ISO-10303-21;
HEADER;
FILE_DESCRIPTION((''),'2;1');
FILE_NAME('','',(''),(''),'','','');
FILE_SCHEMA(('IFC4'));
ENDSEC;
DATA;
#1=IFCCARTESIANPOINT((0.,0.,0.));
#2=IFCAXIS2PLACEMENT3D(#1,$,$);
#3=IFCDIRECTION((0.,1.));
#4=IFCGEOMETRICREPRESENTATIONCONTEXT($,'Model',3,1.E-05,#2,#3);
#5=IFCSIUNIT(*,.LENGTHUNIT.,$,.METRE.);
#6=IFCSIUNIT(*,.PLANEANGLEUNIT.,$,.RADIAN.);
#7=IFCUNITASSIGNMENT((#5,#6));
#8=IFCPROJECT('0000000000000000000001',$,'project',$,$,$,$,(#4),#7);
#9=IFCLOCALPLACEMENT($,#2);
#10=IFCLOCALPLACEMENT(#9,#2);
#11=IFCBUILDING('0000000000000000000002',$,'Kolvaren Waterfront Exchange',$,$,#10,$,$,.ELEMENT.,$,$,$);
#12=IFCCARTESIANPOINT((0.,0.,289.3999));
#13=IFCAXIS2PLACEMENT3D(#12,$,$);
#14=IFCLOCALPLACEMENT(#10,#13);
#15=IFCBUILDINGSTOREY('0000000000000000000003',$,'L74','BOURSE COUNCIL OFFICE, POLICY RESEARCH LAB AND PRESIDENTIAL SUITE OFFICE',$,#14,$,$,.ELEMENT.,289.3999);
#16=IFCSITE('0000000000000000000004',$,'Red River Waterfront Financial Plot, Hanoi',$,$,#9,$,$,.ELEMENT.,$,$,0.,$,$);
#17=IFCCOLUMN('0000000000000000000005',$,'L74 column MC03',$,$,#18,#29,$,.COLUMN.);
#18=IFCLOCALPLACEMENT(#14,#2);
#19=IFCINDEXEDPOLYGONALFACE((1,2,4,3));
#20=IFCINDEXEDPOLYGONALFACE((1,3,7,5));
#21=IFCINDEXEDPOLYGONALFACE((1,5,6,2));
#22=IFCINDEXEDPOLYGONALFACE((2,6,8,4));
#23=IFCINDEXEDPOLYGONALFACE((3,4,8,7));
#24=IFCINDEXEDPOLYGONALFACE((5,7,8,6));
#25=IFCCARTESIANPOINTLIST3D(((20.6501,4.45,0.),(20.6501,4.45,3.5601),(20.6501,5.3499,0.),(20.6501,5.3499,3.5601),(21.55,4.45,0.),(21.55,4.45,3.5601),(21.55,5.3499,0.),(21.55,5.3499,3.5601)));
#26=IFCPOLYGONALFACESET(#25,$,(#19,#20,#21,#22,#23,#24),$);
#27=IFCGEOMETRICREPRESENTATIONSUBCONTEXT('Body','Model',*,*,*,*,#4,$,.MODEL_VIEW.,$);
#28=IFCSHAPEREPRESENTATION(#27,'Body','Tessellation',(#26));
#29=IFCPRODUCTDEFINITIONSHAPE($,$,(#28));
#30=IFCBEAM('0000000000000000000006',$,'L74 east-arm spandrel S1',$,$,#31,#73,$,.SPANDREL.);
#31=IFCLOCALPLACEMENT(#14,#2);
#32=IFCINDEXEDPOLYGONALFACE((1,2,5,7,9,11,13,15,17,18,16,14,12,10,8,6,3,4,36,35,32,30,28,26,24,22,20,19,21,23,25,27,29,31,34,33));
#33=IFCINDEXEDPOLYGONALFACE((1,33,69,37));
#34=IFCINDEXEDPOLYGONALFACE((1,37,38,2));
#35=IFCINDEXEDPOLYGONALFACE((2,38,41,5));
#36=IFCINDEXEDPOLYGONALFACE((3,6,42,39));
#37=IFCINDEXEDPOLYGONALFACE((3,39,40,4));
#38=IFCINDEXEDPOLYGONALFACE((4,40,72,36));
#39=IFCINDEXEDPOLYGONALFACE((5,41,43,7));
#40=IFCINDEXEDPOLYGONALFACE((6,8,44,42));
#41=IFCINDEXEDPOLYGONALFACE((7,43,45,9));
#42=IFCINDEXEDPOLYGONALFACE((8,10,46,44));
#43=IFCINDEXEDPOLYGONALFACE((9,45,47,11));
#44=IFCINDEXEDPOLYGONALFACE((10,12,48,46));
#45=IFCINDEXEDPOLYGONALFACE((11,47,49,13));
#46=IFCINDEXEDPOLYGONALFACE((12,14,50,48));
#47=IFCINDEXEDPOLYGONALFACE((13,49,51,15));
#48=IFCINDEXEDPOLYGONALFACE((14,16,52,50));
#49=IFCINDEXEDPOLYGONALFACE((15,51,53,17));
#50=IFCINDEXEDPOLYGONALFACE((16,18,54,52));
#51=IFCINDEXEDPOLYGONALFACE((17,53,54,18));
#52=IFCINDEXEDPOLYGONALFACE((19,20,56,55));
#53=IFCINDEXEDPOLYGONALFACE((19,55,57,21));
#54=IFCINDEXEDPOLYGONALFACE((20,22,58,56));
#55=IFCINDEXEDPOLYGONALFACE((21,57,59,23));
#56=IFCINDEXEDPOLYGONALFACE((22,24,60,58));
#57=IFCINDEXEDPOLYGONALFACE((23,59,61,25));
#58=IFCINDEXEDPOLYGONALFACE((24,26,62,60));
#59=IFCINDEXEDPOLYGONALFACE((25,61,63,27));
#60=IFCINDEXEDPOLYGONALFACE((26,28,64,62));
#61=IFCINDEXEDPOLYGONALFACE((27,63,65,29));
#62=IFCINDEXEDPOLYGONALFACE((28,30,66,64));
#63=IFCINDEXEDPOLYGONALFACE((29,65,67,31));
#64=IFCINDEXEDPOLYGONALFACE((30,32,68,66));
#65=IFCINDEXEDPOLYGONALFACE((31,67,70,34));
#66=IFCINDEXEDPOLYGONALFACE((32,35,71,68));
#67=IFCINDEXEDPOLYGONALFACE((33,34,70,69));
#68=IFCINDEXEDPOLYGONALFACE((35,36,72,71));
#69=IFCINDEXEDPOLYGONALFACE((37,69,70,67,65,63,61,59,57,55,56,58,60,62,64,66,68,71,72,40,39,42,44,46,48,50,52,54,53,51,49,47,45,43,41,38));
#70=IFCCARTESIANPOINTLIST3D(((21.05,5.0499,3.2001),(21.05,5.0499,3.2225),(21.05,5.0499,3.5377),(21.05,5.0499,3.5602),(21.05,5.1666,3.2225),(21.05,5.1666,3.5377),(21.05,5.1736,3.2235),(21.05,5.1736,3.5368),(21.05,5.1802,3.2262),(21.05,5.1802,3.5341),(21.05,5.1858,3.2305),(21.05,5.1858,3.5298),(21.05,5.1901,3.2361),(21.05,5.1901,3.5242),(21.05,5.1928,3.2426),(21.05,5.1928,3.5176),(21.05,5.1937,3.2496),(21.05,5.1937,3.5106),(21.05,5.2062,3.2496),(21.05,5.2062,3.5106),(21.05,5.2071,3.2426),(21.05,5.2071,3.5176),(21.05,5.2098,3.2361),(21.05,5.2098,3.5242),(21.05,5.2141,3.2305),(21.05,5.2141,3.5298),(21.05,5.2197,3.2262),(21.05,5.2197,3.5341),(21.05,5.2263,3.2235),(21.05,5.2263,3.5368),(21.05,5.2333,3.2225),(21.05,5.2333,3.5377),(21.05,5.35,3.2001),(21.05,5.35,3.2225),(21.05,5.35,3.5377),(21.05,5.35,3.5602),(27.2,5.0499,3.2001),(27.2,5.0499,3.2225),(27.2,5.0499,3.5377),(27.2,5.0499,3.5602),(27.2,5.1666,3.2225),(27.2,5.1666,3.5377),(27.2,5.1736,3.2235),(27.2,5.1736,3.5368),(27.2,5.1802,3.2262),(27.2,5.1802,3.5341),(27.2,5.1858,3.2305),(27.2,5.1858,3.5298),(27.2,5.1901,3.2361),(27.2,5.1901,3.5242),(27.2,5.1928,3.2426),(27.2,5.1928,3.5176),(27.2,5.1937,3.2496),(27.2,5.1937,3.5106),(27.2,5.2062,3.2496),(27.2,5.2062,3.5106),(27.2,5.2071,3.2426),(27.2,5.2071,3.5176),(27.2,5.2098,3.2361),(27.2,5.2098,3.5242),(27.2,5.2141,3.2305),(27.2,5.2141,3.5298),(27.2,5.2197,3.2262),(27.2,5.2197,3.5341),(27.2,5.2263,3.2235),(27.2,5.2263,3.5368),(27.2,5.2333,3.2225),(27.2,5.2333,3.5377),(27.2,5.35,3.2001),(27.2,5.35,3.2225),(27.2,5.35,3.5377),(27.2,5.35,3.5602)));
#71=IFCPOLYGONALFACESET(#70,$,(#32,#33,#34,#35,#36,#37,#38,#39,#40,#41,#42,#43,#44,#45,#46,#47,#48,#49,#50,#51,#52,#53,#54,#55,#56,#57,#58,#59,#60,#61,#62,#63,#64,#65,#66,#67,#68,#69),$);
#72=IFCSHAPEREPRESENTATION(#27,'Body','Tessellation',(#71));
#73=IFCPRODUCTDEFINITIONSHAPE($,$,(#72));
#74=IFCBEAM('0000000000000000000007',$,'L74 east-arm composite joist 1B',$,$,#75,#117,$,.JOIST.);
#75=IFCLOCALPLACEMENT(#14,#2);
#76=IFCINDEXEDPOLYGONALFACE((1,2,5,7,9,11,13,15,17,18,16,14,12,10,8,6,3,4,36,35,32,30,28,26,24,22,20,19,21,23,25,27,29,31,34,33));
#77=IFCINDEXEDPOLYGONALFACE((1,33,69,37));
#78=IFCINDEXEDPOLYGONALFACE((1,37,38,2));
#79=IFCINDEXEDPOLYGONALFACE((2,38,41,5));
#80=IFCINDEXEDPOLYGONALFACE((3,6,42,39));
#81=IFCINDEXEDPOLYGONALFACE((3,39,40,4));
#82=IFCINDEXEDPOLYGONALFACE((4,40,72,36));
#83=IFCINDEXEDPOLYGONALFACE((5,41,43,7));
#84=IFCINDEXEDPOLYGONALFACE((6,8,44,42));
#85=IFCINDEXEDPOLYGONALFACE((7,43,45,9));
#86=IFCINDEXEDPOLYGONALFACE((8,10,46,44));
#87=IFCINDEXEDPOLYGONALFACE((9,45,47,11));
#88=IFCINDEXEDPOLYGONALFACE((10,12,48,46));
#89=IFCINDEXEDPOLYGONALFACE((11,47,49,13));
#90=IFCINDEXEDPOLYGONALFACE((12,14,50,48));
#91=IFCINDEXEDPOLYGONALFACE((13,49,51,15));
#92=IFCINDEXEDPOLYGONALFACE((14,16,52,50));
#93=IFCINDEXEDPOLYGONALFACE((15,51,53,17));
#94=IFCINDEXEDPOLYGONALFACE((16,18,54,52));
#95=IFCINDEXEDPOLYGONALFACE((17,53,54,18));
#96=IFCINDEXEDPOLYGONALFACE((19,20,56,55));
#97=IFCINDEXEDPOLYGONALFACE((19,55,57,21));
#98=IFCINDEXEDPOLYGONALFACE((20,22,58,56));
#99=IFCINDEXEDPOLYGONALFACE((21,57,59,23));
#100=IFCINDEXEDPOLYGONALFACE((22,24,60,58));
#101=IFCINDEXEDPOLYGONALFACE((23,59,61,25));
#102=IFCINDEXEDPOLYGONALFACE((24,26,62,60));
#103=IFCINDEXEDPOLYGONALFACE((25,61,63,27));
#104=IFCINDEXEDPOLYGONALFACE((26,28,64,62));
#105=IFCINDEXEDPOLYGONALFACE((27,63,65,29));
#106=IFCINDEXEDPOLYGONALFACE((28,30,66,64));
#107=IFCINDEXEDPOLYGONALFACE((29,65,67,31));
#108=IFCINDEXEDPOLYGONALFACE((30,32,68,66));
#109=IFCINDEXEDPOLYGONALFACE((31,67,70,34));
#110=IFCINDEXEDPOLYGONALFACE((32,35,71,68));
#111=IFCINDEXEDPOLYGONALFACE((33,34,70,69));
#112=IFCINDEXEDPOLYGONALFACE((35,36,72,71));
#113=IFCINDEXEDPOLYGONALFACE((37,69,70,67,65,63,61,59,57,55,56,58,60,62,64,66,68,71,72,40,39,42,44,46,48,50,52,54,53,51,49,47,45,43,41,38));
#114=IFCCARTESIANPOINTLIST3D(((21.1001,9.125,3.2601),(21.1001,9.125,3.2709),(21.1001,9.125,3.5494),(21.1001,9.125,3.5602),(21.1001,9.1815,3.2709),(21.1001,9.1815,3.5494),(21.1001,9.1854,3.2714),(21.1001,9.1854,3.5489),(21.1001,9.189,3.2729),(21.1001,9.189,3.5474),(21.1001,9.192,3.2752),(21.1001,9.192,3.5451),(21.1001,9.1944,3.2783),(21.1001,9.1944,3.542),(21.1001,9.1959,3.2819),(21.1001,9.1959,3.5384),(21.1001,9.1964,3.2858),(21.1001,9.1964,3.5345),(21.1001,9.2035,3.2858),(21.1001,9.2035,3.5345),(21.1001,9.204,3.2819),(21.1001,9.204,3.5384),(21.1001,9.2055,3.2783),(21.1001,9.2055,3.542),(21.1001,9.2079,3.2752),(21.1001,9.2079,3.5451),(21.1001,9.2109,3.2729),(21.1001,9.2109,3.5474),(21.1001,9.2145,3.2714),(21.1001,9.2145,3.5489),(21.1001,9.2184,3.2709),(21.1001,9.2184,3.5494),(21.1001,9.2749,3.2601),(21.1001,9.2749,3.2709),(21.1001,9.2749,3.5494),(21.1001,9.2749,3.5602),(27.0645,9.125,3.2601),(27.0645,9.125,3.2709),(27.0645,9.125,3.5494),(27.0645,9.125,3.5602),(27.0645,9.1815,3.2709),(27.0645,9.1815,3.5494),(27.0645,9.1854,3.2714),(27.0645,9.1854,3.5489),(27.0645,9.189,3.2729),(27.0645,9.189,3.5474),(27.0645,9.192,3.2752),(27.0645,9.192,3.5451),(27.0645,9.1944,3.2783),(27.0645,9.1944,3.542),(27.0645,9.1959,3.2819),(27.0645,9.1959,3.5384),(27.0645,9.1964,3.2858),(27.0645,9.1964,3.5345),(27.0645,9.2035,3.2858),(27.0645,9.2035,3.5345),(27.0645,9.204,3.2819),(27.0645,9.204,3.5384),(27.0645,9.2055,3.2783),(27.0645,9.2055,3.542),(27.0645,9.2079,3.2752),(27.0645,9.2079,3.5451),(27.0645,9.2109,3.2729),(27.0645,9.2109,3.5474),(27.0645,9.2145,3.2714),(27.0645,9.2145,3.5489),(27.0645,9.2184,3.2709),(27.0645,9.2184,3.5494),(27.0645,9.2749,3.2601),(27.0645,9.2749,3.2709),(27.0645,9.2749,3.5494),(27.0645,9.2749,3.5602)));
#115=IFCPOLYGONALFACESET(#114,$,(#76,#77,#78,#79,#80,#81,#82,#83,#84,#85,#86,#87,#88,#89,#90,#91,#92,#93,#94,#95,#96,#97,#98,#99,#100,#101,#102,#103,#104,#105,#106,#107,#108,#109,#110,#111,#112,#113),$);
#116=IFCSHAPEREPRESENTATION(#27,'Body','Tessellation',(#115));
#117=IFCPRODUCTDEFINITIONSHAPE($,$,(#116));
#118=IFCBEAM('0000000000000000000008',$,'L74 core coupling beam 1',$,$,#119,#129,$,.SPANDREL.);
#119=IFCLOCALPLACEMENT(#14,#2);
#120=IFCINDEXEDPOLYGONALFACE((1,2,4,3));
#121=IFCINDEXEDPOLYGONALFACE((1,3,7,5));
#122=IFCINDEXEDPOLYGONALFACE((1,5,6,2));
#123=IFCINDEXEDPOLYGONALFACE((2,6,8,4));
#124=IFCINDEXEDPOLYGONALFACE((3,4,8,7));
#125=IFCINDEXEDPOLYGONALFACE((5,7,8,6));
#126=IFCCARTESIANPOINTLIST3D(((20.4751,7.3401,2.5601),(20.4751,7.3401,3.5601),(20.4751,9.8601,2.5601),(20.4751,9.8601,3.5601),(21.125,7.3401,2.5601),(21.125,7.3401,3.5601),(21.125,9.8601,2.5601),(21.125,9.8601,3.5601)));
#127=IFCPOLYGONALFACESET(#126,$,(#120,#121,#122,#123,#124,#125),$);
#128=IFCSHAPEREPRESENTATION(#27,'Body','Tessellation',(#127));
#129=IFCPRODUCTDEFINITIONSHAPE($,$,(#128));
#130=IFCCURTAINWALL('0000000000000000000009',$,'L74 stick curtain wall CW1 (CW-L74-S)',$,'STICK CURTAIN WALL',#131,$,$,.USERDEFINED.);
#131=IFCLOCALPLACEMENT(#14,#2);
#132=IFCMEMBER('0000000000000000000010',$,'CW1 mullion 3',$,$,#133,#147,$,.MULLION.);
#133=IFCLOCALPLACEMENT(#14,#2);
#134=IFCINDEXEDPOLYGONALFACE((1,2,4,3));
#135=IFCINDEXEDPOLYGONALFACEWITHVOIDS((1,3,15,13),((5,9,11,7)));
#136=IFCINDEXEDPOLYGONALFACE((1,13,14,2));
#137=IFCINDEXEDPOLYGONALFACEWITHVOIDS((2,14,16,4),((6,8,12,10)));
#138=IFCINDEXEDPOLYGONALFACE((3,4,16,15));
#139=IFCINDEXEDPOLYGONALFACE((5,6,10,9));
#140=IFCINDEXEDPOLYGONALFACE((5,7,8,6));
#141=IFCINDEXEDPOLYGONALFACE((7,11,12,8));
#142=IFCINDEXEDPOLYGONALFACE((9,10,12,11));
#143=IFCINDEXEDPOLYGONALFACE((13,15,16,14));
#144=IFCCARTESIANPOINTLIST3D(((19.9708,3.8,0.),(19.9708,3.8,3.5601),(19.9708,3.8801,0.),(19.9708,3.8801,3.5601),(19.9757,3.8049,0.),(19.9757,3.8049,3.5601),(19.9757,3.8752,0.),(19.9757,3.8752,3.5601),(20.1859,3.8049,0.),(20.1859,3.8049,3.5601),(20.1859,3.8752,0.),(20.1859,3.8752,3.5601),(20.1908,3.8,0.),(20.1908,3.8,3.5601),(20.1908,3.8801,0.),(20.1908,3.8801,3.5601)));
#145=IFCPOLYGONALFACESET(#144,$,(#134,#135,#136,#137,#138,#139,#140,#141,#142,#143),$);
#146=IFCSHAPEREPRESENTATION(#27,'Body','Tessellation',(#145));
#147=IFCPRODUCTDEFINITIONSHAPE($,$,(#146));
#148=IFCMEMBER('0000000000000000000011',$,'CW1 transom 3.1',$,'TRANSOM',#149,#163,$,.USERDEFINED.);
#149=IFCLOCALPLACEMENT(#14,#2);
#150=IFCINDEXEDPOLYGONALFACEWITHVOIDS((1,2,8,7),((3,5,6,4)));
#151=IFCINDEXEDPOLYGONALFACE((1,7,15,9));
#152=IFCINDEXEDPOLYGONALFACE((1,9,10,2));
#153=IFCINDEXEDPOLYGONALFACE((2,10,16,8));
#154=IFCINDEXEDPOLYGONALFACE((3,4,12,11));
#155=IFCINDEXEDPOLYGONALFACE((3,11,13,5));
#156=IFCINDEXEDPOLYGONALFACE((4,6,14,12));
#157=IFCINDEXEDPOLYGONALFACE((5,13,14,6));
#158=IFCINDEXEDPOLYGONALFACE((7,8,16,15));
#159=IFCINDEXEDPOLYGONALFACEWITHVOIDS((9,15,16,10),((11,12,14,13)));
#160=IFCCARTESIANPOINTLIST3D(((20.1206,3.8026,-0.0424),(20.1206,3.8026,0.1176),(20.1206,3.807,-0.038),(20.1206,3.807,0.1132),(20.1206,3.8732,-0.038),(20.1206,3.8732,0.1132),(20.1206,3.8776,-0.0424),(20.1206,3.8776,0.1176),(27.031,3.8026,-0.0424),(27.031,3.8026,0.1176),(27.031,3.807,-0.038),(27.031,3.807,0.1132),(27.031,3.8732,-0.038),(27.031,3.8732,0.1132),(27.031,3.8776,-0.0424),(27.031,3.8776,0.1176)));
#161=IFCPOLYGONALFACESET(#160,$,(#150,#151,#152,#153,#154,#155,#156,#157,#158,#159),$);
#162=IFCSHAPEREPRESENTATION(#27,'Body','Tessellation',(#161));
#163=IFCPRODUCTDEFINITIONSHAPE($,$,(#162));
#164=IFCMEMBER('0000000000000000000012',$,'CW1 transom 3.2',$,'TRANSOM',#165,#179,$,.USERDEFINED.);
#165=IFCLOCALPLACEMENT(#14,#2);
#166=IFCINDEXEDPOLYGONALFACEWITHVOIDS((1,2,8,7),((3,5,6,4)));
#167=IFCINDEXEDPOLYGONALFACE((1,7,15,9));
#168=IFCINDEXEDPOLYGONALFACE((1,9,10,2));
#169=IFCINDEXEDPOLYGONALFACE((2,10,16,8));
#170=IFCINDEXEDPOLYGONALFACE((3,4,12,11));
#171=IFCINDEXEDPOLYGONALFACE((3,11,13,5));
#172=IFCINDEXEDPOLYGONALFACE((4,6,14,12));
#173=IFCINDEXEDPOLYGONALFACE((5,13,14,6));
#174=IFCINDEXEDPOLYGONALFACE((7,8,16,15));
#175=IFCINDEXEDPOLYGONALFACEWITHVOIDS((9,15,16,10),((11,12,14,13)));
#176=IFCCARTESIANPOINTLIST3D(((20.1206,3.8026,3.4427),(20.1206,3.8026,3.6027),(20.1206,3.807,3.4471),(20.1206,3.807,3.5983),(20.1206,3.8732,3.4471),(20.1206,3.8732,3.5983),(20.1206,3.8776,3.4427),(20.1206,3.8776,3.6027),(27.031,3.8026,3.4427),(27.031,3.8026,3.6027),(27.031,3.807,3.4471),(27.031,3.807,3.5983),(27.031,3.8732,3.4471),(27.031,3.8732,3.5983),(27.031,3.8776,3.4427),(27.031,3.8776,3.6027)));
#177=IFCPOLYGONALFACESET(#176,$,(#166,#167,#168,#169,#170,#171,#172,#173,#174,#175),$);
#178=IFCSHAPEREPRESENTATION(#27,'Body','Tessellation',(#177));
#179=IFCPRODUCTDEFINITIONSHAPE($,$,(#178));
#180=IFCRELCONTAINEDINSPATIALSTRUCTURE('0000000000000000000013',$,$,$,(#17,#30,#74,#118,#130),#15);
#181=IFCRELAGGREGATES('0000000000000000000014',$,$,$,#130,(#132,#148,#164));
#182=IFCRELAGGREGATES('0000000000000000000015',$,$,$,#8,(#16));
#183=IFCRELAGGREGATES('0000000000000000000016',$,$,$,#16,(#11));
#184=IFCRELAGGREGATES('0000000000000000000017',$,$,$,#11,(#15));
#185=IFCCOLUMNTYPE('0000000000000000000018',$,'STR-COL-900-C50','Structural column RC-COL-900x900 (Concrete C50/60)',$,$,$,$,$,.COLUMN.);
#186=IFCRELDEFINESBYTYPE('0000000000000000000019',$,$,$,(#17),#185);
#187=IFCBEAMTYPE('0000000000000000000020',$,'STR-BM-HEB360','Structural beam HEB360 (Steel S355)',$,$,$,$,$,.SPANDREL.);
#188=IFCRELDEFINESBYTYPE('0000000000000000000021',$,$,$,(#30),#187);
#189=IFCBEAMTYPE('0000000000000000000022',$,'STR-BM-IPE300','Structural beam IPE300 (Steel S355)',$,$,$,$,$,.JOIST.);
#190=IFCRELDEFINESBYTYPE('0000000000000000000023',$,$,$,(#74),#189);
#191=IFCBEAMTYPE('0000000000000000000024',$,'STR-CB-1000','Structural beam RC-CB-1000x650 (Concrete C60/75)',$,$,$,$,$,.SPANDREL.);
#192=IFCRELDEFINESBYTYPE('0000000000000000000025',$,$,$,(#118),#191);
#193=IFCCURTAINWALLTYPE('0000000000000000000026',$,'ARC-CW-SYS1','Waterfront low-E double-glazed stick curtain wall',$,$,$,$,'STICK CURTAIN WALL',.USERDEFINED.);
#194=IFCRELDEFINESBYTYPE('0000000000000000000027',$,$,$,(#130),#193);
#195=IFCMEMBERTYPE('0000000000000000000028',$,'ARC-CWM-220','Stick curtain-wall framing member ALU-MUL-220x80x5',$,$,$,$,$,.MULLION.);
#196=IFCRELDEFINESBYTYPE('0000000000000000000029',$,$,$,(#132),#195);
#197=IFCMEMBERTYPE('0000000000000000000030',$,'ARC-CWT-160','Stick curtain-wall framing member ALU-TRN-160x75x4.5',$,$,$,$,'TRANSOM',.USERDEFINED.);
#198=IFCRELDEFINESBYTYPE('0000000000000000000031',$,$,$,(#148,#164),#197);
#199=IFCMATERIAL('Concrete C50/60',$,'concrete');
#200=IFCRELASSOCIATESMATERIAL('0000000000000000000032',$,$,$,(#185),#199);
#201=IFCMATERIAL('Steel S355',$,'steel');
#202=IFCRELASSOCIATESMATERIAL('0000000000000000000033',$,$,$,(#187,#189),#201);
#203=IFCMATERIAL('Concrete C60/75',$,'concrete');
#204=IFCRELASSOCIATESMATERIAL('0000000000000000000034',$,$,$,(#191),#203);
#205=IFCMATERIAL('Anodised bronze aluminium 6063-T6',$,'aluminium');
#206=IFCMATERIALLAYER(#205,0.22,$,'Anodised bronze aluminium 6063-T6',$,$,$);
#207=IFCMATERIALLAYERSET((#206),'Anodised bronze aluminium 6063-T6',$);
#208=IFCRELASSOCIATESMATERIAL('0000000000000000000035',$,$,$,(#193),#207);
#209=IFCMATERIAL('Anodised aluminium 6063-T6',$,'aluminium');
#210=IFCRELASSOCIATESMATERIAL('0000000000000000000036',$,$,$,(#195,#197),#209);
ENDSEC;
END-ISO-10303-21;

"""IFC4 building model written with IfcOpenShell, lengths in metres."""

from ifc_helpers import new_model, si_unit, direction, frame, origin, origin_with_axes, origin_2d, place, context, subcontext, project, spatial, rectangle, hollow_rectangle, i_section, extrude, source, transform, mapped, material, layer, layer_set, material_profile, profile_set, type_object, element, aggregate, save


model = new_model("IFC4")

# Units and contexts
model_context = context("Model", 3, precision=1e-05, world=origin(), true_north=direction((0.0, 1.0)))
body_context = subcontext(model_context, "Body", "Model", "MODEL_VIEW")
ifc_project = project(units=[si_unit("LENGTHUNIT", "METRE"), si_unit("PLANEANGLEUNIT", "RADIAN")], contexts=[model_context])

# Site, building, storey
site_placement = place(None, origin())
site = spatial("IfcSite", under=ifc_project, at=site_placement, Name="Red River Waterfront Financial Plot, Hanoi", CompositionType="ELEMENT", RefElevation=0.0)
building_placement = place(site_placement, origin())
building = spatial("IfcBuilding", under=site, at=building_placement, Name="Kolvaren Waterfront Exchange", CompositionType="ELEMENT")
storey_placement = place(building_placement, frame((0.0, 0.0, 289.3999)))
storey = spatial("IfcBuildingStorey", under=building, at=storey_placement, Name="L74", Description="BOURSE COUNCIL OFFICE, POLICY RESEARCH LAB AND PRESIDENTIAL SUITE OFFICE", CompositionType="ELEMENT", Elevation=289.3999)

# Column
ifc_material_1 = material(Name="Concrete C50/60", Category="concrete")
ifc_material_profile_1 = material_profile(ifc_material_1, rectangle(XDim=0.8999, YDim=0.8999, at=origin_2d()), Name="RC-COL-900x900")
ifc_profile_set_1 = profile_set([ifc_material_profile_1], Name="Concrete C50/60")
column_type = type_object("IfcColumnType", Name="STR-COL-900-C50", Description="Structural column RC-COL-900x900 (Concrete C50/60)", PredefinedType="COLUMN", material=ifc_profile_set_1)
column_placement = place(storey_placement, frame((21.1001, 4.8999, 0.0), z_axis=(0.0, 0.0, 1.0), x_axis=(1.0, 0.0, 0.0)))
element("IfcColumn", 1, at=column_placement, inside=storey, type_object=column_type, Name="L74 column MC03", PredefinedType="COLUMN", context=body_context, shape_type="SweptSolid", body=[
    extrude(rectangle(XDim=0.8999, YDim=0.8999, at=origin_2d()), origin(), (0.0, 0.0, 1.0), 3.5601),
])

# Beams
ifc_material_2 = material(Name="Steel S355", Category="steel")
ifc_material_profile_2 = material_profile(ifc_material_2, i_section(OverallWidth=0.3, OverallDepth=0.3601, WebThickness=0.0125, FlangeThickness=0.0225, FilletRadius=0.0271, at=origin_2d()), Name="HEB360")
ifc_profile_set_2 = profile_set([ifc_material_profile_2], Name="Steel S355")
beam_type_1 = type_object("IfcBeamType", Name="STR-BM-HEB360", Description="Structural beam HEB360 (Steel S355)", PredefinedType="SPANDREL", material=ifc_profile_set_2)
beam_1_placement = place(storey_placement, frame((21.05, 5.2, 3.3801), z_axis=(1.0, 0.0, 0.0), x_axis=(0.0, 1.0, 0.0)))
element("IfcBeam", 2, at=beam_1_placement, inside=storey, type_object=beam_type_1, Name="L74 east-arm spandrel S1", PredefinedType="SPANDREL", context=body_context, shape_type="SweptSolid", body=[
    extrude(i_section(OverallWidth=0.3, OverallDepth=0.3601, WebThickness=0.0125, FlangeThickness=0.0225, FilletRadius=0.0271, at=origin_2d()), origin(), (0.0, 0.0, 1.0), 6.1499),
])
ifc_material_profile_3 = material_profile(ifc_material_2, i_section(OverallWidth=0.1499, OverallDepth=0.3, WebThickness=0.0071, FlangeThickness=0.0107, FilletRadius=0.0149, at=origin_2d()), Name="IPE300")
ifc_profile_set_3 = profile_set([ifc_material_profile_3], Name="Steel S355")
beam_type_2 = type_object("IfcBeamType", Name="STR-BM-IPE300", Description="Structural beam IPE300 (Steel S355)", PredefinedType="JOIST", material=ifc_profile_set_3)
beam_2_placement = place(storey_placement, frame((21.1001, 9.2, 3.4102), z_axis=(1.0, 0.0, 0.0), x_axis=(0.0, 1.0, 0.0)))
element("IfcBeam", 3, at=beam_2_placement, inside=storey, type_object=beam_type_2, Name="L74 east-arm composite joist 1B", PredefinedType="JOIST", context=body_context, shape_type="SweptSolid", body=[
    extrude(i_section(OverallWidth=0.1499, OverallDepth=0.3, WebThickness=0.0071, FlangeThickness=0.0107, FilletRadius=0.0149, at=origin_2d()), origin(), (0.0, 0.0, 1.0), 5.9644),
])
ifc_material_3 = material(Name="Concrete C60/75", Category="concrete")
ifc_material_profile_4 = material_profile(ifc_material_3, rectangle(XDim=0.6499, YDim=1.0, at=origin_2d()), Name="RC-CB-1000x650")
ifc_profile_set_4 = profile_set([ifc_material_profile_4], Name="Concrete C60/75")
beam_type_3 = type_object("IfcBeamType", Name="STR-CB-1000", Description="Structural beam RC-CB-1000x650 (Concrete C60/75)", PredefinedType="SPANDREL", material=ifc_profile_set_4)
beam_3_placement = place(storey_placement, frame((20.8, 7.3401, 3.0601), z_axis=(0.0, 1.0, 0.0), x_axis=(-1.0, 0.0, 0.0)))
element("IfcBeam", 4, at=beam_3_placement, inside=storey, type_object=beam_type_3, Name="L74 core coupling beam 1", PredefinedType="SPANDREL", context=body_context, shape_type="SweptSolid", body=[
    extrude(rectangle(XDim=0.6499, YDim=1.0, at=origin_2d()), origin(), (0.0, 0.0, 1.0), 2.52),
])

# Curtain wall, members
ifc_material_4 = material(Name="Anodised bronze aluminium 6063-T6", Category="aluminium")
ifc_layer_1 = layer(ifc_material_4, 0.22, Name="Anodised bronze aluminium 6063-T6")
ifc_layer_set_1 = layer_set([ifc_layer_1], Name="Anodised bronze aluminium 6063-T6")
curtain_wall_type = type_object("IfcCurtainWallType", Name="ARC-CW-SYS1", Description="Waterfront low-E double-glazed stick curtain wall", ElementType="STICK CURTAIN WALL", PredefinedType="USERDEFINED", material=ifc_layer_set_1)
curtain_wall_placement = place(storey_placement, origin())
curtain_wall = element("IfcCurtainWall", 5, at=curtain_wall_placement, inside=storey, type_object=curtain_wall_type, Name="L74 stick curtain wall CW1 (CW-L74-S)", ObjectType="STICK CURTAIN WALL", PredefinedType="USERDEFINED")
ifc_material_5 = material(Name="Anodised aluminium 6063-T6", Category="aluminium")
ifc_material_profile_5 = material_profile(ifc_material_5, hollow_rectangle(XDim=0.0801, YDim=0.22, WallThickness=0.0049, at=origin_2d()), Name="ALU-MUL-220x80x5")
ifc_profile_set_5 = profile_set([ifc_material_profile_5], Name="Anodised aluminium 6063-T6")
member_type_1 = type_object("IfcMemberType", Name="ARC-CWM-220", Description="Stick curtain-wall framing member ALU-MUL-220x80x5", PredefinedType="MULLION", material=ifc_profile_set_5)
shared_shape_1 = source(origin_with_axes(), body_context, "Body", "SweptSolid", [
    extrude(hollow_rectangle(XDim=0.0801, YDim=0.22, WallThickness=0.0049, at=origin_2d()), origin(), (0.0, 0.0, 1.0), 3.5601),
])
member_1_placement = place(storey_placement, frame((20.0808, 3.8401, 0.0), z_axis=(0.0, 0.0, 1.0), x_axis=(0.0, 1.0, 0.0)))
member_1 = element("IfcMember", 6, at=member_1_placement, type_object=member_type_1, Name="CW1 mullion 3", PredefinedType="MULLION", context=body_context, shape_type="MappedRepresentation", body=[
    mapped(shared_shape_1, transform((0.0, 0.0, 0.0), x_axis=(1.0, 0.0, 0.0), y_axis=(0.0, 1.0, 0.0), z_axis=(0.0, 0.0, 1.0), scale=1.0)),
])
ifc_material_profile_6 = material_profile(ifc_material_5, hollow_rectangle(XDim=0.075, YDim=0.1599, WallThickness=0.0044, at=origin_2d()), Name="ALU-TRN-160x75x4.5")
ifc_profile_set_6 = profile_set([ifc_material_profile_6], Name="Anodised aluminium 6063-T6")
member_type_2 = type_object("IfcMemberType", Name="ARC-CWT-160", Description="Stick curtain-wall framing member ALU-TRN-160x75x4.5", ElementType="TRANSOM", PredefinedType="USERDEFINED", material=ifc_profile_set_6)
shared_shape_2 = source(origin_with_axes(), body_context, "Body", "SweptSolid", [
    extrude(hollow_rectangle(XDim=0.075, YDim=0.1599, WallThickness=0.0044, at=origin_2d()), origin(), (0.0, 0.0, 1.0), 6.9104),
])
member_2_placement = place(storey_placement, frame((20.1206, 3.8401, 0.0376), z_axis=(1.0, 0.0, 0.0), x_axis=(0.0, 1.0, 0.0)))
member_2 = element("IfcMember", 7, at=member_2_placement, type_object=member_type_2, Name="CW1 transom 3.1", ObjectType="TRANSOM", PredefinedType="USERDEFINED", context=body_context, shape_type="MappedRepresentation", body=[
    mapped(shared_shape_2, transform((0.0, 0.0, 0.0), x_axis=(1.0, 0.0, 0.0), y_axis=(0.0, 1.0, 0.0), z_axis=(0.0, 0.0, 1.0), scale=1.0)),
])
member_3_placement = place(storey_placement, frame((20.1206, 3.8401, 3.5227), z_axis=(1.0, 0.0, 0.0), x_axis=(0.0, 1.0, 0.0)))
member_3 = element("IfcMember", 8, at=member_3_placement, type_object=member_type_2, Name="CW1 transom 3.2", ObjectType="TRANSOM", PredefinedType="USERDEFINED", context=body_context, shape_type="MappedRepresentation", body=[
    mapped(shared_shape_2, transform((0.0, 0.0, 0.0), x_axis=(1.0, 0.0, 0.0), y_axis=(0.0, 1.0, 0.0), z_axis=(0.0, 0.0, 1.0), scale=1.0)),
])
aggregate(curtain_wall, [member_1, member_2, member_3])

save(model, "model.ifc")
